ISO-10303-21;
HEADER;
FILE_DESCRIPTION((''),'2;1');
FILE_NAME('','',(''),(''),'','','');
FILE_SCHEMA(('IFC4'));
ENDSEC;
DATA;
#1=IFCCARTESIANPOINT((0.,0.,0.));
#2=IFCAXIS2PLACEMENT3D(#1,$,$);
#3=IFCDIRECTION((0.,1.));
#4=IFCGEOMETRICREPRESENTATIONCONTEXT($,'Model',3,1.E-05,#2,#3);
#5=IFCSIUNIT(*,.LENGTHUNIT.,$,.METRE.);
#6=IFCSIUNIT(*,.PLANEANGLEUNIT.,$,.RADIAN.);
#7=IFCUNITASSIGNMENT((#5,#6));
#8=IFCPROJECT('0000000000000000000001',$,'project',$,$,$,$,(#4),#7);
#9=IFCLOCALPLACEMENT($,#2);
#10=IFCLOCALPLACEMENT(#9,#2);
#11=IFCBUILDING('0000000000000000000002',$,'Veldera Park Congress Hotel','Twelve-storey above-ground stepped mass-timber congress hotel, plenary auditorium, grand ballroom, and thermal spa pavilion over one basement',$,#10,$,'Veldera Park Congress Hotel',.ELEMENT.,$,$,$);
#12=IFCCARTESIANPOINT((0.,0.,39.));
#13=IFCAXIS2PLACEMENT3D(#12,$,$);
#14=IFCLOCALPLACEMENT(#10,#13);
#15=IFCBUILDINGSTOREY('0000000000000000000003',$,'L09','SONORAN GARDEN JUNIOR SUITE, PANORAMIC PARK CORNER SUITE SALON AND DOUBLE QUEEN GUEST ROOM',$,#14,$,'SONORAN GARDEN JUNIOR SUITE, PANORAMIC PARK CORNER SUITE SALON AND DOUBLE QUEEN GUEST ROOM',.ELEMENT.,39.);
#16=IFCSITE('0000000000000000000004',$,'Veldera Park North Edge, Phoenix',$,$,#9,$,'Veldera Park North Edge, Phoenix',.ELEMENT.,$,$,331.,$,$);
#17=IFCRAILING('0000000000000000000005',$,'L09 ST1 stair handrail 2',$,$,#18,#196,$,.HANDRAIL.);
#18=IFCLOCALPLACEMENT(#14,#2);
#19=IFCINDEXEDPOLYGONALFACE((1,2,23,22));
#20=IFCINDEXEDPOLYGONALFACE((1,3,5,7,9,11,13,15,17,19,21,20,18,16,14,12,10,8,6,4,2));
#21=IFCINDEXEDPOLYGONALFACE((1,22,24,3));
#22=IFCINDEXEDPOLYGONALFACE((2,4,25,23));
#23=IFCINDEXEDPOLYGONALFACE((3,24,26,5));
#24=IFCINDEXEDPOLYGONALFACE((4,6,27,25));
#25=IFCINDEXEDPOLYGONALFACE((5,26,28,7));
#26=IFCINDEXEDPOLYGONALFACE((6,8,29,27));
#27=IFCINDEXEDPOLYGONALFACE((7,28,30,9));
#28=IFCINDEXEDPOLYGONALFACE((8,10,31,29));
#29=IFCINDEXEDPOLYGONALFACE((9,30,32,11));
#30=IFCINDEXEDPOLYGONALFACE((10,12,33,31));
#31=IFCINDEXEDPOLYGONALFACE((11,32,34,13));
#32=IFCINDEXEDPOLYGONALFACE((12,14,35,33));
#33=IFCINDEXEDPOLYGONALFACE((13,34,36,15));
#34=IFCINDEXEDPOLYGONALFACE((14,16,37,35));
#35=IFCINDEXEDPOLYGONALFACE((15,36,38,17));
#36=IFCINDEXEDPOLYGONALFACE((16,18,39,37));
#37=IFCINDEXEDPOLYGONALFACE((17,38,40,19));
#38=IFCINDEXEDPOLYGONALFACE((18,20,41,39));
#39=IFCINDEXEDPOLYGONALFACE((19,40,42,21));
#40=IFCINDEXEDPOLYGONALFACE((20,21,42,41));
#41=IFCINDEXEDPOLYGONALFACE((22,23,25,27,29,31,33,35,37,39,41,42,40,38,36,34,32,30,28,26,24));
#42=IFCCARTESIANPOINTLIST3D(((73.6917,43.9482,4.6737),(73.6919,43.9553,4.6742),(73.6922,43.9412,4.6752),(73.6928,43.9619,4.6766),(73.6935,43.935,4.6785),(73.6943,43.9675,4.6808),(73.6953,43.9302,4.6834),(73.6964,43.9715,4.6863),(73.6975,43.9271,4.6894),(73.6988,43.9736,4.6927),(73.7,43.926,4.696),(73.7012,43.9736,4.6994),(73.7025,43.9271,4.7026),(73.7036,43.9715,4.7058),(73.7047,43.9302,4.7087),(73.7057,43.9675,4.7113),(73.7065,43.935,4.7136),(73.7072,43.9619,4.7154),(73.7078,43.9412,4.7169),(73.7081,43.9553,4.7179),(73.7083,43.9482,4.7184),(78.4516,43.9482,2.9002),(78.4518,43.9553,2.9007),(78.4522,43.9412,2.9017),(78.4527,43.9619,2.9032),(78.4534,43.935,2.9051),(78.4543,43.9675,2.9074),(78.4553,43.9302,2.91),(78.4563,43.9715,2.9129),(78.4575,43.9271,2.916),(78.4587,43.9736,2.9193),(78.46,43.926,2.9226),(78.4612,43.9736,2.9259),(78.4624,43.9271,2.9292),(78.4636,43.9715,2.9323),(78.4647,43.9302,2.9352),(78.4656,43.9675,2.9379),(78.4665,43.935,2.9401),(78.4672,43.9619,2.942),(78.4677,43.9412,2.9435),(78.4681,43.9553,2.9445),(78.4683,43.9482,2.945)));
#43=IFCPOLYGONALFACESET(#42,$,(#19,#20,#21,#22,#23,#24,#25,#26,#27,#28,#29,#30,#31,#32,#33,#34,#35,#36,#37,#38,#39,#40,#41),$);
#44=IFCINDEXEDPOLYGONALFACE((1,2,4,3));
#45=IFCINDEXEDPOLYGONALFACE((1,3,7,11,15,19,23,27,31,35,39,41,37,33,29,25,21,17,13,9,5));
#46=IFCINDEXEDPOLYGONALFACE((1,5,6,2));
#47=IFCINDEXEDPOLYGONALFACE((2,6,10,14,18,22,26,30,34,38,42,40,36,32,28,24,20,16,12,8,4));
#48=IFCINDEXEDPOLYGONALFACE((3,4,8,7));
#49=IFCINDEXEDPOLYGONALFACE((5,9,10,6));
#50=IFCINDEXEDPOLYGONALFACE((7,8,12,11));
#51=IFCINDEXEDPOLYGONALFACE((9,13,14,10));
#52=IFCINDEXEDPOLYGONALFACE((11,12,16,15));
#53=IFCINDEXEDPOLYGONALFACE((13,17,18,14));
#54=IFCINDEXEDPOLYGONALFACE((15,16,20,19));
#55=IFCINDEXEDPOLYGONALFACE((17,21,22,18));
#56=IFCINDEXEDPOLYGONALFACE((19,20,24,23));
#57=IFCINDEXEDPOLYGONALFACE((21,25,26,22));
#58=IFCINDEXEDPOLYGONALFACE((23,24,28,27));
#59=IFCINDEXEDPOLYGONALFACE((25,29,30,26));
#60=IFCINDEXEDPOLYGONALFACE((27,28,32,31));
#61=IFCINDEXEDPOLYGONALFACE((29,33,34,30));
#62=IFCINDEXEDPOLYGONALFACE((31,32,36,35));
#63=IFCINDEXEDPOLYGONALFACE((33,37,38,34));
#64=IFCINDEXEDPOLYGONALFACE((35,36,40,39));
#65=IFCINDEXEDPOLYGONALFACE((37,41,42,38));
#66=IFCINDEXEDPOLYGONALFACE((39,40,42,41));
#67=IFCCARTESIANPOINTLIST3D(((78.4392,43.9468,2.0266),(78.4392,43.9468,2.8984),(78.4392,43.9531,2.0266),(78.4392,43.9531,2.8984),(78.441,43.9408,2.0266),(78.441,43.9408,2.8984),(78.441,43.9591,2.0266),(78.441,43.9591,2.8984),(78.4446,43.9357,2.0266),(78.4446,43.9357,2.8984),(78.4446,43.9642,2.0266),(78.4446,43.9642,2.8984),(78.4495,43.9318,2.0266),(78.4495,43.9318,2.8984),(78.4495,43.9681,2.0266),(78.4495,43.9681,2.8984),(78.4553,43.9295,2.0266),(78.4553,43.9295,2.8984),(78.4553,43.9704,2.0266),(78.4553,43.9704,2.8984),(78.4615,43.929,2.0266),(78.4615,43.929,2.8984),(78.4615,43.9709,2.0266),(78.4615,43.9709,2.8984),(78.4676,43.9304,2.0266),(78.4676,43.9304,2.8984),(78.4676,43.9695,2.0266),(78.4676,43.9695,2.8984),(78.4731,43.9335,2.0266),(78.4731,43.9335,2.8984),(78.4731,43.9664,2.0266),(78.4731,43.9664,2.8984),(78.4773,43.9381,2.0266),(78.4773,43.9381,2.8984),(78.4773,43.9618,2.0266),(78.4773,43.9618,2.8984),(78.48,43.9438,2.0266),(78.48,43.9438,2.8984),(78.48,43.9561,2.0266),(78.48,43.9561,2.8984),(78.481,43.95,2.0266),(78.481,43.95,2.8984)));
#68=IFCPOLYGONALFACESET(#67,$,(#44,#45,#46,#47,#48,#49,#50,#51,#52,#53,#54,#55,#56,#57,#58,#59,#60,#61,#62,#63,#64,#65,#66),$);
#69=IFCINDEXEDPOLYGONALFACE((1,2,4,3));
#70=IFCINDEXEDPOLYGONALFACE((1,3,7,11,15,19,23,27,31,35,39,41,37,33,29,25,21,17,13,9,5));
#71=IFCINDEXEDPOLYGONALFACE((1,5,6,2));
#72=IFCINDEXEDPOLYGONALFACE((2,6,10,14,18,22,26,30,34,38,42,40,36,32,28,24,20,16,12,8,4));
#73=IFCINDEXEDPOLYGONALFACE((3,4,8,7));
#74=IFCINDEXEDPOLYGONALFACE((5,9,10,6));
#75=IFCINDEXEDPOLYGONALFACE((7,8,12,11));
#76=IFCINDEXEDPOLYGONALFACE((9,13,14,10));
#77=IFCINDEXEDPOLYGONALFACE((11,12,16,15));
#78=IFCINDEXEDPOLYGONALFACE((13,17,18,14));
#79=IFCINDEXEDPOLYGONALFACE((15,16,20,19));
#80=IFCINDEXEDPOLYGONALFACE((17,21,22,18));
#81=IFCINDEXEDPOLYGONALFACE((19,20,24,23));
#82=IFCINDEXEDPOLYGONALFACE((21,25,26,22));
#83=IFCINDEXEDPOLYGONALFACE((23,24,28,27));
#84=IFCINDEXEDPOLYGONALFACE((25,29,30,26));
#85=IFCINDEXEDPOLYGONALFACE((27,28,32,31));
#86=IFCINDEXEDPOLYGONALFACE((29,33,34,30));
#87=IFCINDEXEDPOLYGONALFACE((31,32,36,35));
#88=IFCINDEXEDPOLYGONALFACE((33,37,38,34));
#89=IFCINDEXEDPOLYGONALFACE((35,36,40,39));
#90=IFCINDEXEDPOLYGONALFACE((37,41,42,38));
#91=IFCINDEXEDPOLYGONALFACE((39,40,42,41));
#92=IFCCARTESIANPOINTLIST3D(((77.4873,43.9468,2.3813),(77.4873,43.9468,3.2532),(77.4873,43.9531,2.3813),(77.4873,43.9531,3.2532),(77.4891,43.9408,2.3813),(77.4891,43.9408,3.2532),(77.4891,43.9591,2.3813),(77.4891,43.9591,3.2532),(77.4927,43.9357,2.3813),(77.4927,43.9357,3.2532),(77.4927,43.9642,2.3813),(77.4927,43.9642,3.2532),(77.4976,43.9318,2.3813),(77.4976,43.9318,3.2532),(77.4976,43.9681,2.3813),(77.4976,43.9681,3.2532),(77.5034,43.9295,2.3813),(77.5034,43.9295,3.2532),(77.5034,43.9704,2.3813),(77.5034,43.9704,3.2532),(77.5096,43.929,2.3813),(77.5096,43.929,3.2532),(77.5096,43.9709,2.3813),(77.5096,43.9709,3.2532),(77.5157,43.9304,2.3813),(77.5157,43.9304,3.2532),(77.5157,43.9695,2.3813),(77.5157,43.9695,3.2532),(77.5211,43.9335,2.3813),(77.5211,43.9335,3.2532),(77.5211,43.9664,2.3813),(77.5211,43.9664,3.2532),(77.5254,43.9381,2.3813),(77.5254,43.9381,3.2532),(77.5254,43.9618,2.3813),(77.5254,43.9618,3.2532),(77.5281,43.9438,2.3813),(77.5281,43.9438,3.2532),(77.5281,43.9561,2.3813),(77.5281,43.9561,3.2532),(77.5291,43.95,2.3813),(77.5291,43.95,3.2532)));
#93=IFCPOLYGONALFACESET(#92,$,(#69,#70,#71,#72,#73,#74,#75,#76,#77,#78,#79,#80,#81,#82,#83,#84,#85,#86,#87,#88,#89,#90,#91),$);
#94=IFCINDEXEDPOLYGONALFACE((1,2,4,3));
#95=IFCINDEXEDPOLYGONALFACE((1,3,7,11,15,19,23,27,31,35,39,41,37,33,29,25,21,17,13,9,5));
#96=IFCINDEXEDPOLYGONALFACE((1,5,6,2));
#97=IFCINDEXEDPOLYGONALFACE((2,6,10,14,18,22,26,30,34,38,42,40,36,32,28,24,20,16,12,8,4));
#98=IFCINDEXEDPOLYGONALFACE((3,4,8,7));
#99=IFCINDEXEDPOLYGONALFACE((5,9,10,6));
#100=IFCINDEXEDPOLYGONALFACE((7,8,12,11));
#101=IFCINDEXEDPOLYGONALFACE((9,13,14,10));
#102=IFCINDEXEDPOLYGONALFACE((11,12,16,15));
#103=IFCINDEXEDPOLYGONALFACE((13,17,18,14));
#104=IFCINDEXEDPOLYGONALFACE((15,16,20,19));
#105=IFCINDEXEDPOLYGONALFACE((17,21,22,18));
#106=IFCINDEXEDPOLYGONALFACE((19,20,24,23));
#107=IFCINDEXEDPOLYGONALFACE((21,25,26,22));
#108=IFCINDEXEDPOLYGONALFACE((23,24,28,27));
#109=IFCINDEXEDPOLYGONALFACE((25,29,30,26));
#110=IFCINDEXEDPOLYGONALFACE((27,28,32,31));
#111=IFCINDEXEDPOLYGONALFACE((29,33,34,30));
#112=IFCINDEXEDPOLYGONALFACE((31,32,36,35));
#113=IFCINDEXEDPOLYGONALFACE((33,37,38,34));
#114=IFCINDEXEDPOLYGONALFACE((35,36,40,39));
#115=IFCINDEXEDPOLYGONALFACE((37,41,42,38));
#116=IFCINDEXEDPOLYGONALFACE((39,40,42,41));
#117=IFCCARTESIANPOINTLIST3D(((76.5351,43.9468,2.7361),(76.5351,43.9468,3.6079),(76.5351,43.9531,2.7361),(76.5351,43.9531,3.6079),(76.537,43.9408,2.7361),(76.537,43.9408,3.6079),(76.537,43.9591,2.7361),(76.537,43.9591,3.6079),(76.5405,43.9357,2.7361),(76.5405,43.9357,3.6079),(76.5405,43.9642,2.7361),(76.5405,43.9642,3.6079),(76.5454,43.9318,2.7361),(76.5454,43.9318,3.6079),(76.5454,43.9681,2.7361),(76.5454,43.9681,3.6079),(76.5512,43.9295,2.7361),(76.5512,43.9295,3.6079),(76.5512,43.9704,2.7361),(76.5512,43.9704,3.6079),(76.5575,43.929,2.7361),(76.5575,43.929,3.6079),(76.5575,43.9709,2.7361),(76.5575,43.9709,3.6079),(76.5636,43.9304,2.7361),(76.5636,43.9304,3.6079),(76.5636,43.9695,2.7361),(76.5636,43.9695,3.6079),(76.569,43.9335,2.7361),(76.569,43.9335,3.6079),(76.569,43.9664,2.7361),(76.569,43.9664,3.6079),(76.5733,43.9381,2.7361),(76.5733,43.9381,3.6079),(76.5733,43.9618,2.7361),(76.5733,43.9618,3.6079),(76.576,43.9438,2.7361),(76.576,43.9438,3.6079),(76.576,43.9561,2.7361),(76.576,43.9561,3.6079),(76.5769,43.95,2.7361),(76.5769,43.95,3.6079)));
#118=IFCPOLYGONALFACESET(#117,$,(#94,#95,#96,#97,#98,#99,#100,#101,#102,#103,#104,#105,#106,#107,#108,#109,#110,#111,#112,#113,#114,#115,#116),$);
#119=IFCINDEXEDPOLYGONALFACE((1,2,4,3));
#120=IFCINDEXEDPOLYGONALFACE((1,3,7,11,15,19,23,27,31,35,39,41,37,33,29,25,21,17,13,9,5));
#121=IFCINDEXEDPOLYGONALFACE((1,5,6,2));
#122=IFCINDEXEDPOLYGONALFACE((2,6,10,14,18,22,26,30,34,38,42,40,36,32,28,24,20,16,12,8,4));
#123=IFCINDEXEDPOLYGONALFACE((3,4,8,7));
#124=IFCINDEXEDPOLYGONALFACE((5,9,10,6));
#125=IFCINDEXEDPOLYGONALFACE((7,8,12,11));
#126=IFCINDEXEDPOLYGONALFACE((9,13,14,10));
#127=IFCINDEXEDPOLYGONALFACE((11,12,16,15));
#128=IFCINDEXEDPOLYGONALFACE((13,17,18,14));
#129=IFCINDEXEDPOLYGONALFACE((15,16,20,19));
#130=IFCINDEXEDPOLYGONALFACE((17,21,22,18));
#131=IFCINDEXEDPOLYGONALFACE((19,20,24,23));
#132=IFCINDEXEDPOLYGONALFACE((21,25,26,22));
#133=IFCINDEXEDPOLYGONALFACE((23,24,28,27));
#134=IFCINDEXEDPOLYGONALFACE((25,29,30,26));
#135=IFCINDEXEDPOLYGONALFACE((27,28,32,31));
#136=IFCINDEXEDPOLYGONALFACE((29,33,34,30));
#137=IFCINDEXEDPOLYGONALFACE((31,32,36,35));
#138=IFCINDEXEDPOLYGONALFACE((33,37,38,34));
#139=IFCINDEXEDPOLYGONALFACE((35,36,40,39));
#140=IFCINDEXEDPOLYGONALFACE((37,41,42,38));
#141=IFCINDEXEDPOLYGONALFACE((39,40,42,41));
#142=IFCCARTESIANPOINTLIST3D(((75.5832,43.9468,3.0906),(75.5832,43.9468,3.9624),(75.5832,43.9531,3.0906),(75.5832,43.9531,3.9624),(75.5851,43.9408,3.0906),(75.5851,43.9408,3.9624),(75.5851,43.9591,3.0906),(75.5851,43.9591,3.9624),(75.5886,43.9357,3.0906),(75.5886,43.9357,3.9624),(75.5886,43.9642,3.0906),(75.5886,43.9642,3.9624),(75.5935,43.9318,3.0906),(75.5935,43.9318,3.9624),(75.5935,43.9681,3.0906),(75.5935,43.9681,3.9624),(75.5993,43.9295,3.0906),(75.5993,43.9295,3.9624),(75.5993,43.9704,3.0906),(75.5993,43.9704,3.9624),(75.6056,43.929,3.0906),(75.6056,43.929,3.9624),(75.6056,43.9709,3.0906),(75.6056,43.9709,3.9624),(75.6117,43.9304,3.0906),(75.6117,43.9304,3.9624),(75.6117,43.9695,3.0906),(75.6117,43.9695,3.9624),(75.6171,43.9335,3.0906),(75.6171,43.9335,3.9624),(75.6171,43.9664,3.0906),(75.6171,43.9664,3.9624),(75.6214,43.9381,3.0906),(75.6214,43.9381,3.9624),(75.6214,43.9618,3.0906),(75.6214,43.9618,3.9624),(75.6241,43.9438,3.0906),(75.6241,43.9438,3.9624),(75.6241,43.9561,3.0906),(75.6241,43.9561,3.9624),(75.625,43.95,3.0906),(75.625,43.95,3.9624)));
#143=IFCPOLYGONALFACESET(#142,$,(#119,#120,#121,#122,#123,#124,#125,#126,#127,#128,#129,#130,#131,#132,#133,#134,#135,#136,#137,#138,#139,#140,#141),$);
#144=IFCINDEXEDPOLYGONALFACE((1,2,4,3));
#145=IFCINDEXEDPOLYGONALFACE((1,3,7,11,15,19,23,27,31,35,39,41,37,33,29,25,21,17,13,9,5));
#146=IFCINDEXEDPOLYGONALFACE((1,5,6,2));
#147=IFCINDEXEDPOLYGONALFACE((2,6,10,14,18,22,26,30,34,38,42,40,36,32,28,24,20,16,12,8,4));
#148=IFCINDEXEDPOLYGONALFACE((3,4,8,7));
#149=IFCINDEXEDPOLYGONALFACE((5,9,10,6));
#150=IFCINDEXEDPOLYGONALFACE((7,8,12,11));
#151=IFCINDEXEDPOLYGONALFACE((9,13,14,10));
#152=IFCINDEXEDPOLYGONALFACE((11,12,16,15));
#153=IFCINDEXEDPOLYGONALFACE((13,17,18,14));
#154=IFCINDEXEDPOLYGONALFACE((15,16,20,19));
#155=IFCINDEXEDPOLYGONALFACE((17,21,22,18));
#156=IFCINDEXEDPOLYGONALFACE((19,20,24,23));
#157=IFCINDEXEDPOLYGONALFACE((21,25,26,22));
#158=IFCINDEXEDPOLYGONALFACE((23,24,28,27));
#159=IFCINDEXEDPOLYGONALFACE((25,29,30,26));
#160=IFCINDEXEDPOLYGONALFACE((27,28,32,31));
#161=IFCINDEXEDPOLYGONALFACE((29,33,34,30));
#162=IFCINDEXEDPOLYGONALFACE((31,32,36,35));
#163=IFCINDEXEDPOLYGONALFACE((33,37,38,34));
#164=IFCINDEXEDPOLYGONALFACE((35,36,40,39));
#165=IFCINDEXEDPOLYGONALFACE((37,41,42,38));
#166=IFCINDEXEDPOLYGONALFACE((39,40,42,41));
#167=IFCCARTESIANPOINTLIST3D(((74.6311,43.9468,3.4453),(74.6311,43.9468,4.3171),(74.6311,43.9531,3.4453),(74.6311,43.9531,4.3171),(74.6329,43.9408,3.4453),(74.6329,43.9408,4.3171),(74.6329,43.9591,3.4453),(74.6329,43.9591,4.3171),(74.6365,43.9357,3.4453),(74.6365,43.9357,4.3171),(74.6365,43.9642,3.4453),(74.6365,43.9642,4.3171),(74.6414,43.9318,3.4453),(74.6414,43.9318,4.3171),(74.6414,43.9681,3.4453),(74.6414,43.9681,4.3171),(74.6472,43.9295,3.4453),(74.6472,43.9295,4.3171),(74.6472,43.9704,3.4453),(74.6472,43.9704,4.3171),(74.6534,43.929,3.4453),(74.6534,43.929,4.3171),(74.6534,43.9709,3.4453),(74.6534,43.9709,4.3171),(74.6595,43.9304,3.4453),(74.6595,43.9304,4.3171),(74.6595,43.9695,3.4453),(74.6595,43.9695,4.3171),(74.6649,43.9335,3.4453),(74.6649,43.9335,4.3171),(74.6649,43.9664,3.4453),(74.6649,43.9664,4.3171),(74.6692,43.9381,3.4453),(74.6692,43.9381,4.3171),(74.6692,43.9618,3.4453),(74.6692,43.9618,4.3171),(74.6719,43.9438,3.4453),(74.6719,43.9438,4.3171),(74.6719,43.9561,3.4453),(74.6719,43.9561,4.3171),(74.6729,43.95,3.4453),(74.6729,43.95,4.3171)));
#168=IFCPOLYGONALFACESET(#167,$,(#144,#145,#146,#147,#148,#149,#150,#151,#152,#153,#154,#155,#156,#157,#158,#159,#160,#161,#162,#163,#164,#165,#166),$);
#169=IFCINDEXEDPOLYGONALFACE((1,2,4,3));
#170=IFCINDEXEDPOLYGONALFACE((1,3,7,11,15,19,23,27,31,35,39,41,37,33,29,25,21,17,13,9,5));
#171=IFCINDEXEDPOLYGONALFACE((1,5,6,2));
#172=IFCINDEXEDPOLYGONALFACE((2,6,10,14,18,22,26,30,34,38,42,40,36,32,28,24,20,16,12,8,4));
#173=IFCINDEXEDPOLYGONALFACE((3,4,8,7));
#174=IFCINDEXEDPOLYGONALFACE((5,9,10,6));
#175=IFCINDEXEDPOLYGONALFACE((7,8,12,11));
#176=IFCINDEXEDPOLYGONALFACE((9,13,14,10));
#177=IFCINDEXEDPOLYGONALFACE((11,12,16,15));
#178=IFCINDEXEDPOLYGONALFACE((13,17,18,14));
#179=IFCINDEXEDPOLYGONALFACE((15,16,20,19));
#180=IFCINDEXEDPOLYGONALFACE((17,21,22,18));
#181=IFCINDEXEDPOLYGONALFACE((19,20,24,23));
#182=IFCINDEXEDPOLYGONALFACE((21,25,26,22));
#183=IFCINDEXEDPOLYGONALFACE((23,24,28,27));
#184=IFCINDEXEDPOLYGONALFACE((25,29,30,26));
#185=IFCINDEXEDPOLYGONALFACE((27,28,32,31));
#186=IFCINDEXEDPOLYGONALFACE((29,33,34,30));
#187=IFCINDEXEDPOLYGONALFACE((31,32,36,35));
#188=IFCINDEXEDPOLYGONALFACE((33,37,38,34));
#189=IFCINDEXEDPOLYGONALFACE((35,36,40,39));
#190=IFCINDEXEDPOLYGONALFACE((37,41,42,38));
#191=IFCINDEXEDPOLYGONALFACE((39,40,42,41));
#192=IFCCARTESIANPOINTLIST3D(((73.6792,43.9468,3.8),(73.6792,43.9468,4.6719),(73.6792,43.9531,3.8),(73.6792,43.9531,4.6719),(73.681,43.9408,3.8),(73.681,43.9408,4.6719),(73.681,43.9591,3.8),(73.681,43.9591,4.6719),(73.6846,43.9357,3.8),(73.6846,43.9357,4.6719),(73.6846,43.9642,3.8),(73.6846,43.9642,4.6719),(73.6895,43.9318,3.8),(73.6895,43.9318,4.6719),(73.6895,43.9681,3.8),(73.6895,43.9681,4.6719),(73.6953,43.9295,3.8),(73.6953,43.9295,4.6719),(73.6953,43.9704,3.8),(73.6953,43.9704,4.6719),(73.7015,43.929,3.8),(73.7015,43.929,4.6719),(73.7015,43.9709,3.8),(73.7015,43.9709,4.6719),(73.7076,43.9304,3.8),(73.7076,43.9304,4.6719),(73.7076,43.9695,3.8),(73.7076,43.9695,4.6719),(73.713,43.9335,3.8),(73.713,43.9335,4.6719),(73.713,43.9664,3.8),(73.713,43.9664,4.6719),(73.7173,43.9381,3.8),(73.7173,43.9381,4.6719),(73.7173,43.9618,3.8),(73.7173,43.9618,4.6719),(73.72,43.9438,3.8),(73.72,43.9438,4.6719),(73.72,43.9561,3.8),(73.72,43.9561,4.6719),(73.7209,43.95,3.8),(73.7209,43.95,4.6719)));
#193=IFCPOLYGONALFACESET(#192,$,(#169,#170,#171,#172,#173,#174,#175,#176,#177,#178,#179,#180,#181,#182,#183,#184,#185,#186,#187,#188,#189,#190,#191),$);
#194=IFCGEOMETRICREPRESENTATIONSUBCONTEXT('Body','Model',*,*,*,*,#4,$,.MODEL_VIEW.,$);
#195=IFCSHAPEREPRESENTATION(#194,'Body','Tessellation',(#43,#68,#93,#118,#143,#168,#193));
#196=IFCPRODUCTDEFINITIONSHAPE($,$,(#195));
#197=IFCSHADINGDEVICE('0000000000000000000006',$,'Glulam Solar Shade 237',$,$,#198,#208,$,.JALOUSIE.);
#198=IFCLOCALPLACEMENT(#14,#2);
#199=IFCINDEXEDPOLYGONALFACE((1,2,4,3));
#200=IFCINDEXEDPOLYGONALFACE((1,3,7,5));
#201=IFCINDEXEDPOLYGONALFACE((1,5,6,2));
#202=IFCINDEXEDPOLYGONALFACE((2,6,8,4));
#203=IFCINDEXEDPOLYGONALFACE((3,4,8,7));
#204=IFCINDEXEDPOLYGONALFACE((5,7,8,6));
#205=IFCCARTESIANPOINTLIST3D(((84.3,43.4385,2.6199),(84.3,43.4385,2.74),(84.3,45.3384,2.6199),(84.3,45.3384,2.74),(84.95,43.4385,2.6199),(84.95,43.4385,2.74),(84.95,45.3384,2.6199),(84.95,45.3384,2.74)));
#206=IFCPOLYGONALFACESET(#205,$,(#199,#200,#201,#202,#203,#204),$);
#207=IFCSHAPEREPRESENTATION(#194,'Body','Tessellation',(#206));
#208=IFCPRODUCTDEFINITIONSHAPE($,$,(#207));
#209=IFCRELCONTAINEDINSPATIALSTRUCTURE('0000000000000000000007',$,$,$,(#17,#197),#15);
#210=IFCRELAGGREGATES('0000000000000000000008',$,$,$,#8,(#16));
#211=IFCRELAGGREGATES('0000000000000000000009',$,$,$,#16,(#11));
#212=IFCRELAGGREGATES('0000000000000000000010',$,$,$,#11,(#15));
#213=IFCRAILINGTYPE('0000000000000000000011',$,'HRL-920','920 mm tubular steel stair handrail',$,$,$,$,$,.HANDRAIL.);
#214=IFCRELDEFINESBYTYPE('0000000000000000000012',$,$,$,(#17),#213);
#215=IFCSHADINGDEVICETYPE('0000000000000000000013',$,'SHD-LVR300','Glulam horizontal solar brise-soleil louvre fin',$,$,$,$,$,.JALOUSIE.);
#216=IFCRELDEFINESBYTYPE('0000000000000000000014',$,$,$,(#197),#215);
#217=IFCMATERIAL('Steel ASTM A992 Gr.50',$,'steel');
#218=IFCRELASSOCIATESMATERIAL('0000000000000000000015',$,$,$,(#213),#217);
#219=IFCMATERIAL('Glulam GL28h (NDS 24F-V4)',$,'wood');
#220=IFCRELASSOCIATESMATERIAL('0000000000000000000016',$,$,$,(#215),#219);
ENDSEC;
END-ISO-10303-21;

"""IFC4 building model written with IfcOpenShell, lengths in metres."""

from ifc_helpers import new_model, si_unit, direction, frame, origin, origin_2d, place, context, subcontext, project, spatial, rectangle, circle, extrude, material, type_object, element, save


model = new_model("IFC4")

# Units and contexts
model_context = context("Model", 3, precision=1e-05, world=origin(), true_north=direction((0.0, 1.0)))
body_context = subcontext(model_context, "Body", "Model", "MODEL_VIEW")
ifc_project = project(units=[si_unit("LENGTHUNIT", "METRE"), si_unit("PLANEANGLEUNIT", "RADIAN")], contexts=[model_context])

# Site, building, storey
site_placement = place(None, origin())
site = spatial("IfcSite", under=ifc_project, at=site_placement, Name="Veldera Park North Edge, Phoenix", LongName="Veldera Park North Edge, Phoenix", CompositionType="ELEMENT", RefElevation=331.0)
building_placement = place(site_placement, origin())
building = spatial("IfcBuilding", under=site, at=building_placement, Name="Veldera Park Congress Hotel", Description="Twelve-storey above-ground stepped mass-timber congress hotel, plenary auditorium, grand ballroom, and thermal spa pavilion over one basement", LongName="Veldera Park Congress Hotel", CompositionType="ELEMENT")
storey_placement = place(building_placement, frame((0.0, 0.0, 39.0)))
storey = spatial("IfcBuildingStorey", under=building, at=storey_placement, Name="L09", Description="SONORAN GARDEN JUNIOR SUITE, PANORAMIC PARK CORNER SUITE SALON AND DOUBLE QUEEN GUEST ROOM", LongName="SONORAN GARDEN JUNIOR SUITE, PANORAMIC PARK CORNER SUITE SALON AND DOUBLE QUEEN GUEST ROOM", CompositionType="ELEMENT", Elevation=39.0)

# Shared definitions
ifc_material_1 = material(Name="Glulam GL28h (NDS 24F-V4)", Category="wood")

# Railing
ifc_material_2 = material(Name="Steel ASTM A992 Gr.50", Category="steel")
railing_type_1 = type_object("IfcRailingType", Name="HRL-920", Description="920 mm tubular steel stair handrail", PredefinedType="HANDRAIL", material=ifc_material_2)
railing_1_placement = place(storey_placement, frame((78.46, 43.95, 2.0266)))
element("IfcRailing", 1, at=railing_1_placement, inside=storey, type_object=railing_type_1, Name="L09 ST1 stair handrail 2", PredefinedType="HANDRAIL", context=body_context, shape_type="SweptSolid", body=[
    extrude(circle(Radius=0.0239, at=origin_2d()), frame((0.0, 0.0, 0.896), z_axis=(-0.937076, 0.0, 0.349126), x_axis=(0.0, -1.0, 0.0)), (0.0, 0.0, 1.0), 5.0796),
    extrude(circle(Radius=0.021, at=origin_2d()), origin(), (0.0, 0.0, 1.0), 0.8718),
    extrude(circle(Radius=0.021, at=origin_2d()), frame((-0.9519, 0.0, 0.3547)), (0.0, 0.0, 1.0), 0.8718),
    extrude(circle(Radius=0.021, at=origin_2d()), frame((-1.9041, 0.0, 0.7095)), (0.0, 0.0, 1.0), 0.8718),
    extrude(circle(Radius=0.021, at=origin_2d()), frame((-2.856, 0.0, 1.064)), (0.0, 0.0, 1.0), 0.8718),
    extrude(circle(Radius=0.021, at=origin_2d()), frame((-3.8081, 0.0, 1.4187)), (0.0, 0.0, 1.0), 0.8718),
    extrude(circle(Radius=0.021, at=origin_2d()), frame((-4.76, 0.0, 1.7734)), (0.0, 0.0, 1.0), 0.8718),
])

# Shading device
shading_device_type = type_object("IfcShadingDeviceType", Name="SHD-LVR300", Description="Glulam horizontal solar brise-soleil louvre fin", PredefinedType="JALOUSIE", material=ifc_material_1)
shading_device_placement = place(storey_placement, frame((84.625, 44.3884, 2.6199), z_axis=(0.0, 0.0, 1.0), x_axis=(0.0, 1.0, 0.0)))
element("IfcShadingDevice", 2, at=shading_device_placement, inside=storey, type_object=shading_device_type, Name="Glulam Solar Shade 237", PredefinedType="JALOUSIE", context=body_context, shape_type="SweptSolid", body=[
    extrude(rectangle(XDim=1.8999, YDim=0.6499, at=origin_2d()), origin(), (0.0, 0.0, 1.0), 0.1201),
])

save(model, "model.ifc")
